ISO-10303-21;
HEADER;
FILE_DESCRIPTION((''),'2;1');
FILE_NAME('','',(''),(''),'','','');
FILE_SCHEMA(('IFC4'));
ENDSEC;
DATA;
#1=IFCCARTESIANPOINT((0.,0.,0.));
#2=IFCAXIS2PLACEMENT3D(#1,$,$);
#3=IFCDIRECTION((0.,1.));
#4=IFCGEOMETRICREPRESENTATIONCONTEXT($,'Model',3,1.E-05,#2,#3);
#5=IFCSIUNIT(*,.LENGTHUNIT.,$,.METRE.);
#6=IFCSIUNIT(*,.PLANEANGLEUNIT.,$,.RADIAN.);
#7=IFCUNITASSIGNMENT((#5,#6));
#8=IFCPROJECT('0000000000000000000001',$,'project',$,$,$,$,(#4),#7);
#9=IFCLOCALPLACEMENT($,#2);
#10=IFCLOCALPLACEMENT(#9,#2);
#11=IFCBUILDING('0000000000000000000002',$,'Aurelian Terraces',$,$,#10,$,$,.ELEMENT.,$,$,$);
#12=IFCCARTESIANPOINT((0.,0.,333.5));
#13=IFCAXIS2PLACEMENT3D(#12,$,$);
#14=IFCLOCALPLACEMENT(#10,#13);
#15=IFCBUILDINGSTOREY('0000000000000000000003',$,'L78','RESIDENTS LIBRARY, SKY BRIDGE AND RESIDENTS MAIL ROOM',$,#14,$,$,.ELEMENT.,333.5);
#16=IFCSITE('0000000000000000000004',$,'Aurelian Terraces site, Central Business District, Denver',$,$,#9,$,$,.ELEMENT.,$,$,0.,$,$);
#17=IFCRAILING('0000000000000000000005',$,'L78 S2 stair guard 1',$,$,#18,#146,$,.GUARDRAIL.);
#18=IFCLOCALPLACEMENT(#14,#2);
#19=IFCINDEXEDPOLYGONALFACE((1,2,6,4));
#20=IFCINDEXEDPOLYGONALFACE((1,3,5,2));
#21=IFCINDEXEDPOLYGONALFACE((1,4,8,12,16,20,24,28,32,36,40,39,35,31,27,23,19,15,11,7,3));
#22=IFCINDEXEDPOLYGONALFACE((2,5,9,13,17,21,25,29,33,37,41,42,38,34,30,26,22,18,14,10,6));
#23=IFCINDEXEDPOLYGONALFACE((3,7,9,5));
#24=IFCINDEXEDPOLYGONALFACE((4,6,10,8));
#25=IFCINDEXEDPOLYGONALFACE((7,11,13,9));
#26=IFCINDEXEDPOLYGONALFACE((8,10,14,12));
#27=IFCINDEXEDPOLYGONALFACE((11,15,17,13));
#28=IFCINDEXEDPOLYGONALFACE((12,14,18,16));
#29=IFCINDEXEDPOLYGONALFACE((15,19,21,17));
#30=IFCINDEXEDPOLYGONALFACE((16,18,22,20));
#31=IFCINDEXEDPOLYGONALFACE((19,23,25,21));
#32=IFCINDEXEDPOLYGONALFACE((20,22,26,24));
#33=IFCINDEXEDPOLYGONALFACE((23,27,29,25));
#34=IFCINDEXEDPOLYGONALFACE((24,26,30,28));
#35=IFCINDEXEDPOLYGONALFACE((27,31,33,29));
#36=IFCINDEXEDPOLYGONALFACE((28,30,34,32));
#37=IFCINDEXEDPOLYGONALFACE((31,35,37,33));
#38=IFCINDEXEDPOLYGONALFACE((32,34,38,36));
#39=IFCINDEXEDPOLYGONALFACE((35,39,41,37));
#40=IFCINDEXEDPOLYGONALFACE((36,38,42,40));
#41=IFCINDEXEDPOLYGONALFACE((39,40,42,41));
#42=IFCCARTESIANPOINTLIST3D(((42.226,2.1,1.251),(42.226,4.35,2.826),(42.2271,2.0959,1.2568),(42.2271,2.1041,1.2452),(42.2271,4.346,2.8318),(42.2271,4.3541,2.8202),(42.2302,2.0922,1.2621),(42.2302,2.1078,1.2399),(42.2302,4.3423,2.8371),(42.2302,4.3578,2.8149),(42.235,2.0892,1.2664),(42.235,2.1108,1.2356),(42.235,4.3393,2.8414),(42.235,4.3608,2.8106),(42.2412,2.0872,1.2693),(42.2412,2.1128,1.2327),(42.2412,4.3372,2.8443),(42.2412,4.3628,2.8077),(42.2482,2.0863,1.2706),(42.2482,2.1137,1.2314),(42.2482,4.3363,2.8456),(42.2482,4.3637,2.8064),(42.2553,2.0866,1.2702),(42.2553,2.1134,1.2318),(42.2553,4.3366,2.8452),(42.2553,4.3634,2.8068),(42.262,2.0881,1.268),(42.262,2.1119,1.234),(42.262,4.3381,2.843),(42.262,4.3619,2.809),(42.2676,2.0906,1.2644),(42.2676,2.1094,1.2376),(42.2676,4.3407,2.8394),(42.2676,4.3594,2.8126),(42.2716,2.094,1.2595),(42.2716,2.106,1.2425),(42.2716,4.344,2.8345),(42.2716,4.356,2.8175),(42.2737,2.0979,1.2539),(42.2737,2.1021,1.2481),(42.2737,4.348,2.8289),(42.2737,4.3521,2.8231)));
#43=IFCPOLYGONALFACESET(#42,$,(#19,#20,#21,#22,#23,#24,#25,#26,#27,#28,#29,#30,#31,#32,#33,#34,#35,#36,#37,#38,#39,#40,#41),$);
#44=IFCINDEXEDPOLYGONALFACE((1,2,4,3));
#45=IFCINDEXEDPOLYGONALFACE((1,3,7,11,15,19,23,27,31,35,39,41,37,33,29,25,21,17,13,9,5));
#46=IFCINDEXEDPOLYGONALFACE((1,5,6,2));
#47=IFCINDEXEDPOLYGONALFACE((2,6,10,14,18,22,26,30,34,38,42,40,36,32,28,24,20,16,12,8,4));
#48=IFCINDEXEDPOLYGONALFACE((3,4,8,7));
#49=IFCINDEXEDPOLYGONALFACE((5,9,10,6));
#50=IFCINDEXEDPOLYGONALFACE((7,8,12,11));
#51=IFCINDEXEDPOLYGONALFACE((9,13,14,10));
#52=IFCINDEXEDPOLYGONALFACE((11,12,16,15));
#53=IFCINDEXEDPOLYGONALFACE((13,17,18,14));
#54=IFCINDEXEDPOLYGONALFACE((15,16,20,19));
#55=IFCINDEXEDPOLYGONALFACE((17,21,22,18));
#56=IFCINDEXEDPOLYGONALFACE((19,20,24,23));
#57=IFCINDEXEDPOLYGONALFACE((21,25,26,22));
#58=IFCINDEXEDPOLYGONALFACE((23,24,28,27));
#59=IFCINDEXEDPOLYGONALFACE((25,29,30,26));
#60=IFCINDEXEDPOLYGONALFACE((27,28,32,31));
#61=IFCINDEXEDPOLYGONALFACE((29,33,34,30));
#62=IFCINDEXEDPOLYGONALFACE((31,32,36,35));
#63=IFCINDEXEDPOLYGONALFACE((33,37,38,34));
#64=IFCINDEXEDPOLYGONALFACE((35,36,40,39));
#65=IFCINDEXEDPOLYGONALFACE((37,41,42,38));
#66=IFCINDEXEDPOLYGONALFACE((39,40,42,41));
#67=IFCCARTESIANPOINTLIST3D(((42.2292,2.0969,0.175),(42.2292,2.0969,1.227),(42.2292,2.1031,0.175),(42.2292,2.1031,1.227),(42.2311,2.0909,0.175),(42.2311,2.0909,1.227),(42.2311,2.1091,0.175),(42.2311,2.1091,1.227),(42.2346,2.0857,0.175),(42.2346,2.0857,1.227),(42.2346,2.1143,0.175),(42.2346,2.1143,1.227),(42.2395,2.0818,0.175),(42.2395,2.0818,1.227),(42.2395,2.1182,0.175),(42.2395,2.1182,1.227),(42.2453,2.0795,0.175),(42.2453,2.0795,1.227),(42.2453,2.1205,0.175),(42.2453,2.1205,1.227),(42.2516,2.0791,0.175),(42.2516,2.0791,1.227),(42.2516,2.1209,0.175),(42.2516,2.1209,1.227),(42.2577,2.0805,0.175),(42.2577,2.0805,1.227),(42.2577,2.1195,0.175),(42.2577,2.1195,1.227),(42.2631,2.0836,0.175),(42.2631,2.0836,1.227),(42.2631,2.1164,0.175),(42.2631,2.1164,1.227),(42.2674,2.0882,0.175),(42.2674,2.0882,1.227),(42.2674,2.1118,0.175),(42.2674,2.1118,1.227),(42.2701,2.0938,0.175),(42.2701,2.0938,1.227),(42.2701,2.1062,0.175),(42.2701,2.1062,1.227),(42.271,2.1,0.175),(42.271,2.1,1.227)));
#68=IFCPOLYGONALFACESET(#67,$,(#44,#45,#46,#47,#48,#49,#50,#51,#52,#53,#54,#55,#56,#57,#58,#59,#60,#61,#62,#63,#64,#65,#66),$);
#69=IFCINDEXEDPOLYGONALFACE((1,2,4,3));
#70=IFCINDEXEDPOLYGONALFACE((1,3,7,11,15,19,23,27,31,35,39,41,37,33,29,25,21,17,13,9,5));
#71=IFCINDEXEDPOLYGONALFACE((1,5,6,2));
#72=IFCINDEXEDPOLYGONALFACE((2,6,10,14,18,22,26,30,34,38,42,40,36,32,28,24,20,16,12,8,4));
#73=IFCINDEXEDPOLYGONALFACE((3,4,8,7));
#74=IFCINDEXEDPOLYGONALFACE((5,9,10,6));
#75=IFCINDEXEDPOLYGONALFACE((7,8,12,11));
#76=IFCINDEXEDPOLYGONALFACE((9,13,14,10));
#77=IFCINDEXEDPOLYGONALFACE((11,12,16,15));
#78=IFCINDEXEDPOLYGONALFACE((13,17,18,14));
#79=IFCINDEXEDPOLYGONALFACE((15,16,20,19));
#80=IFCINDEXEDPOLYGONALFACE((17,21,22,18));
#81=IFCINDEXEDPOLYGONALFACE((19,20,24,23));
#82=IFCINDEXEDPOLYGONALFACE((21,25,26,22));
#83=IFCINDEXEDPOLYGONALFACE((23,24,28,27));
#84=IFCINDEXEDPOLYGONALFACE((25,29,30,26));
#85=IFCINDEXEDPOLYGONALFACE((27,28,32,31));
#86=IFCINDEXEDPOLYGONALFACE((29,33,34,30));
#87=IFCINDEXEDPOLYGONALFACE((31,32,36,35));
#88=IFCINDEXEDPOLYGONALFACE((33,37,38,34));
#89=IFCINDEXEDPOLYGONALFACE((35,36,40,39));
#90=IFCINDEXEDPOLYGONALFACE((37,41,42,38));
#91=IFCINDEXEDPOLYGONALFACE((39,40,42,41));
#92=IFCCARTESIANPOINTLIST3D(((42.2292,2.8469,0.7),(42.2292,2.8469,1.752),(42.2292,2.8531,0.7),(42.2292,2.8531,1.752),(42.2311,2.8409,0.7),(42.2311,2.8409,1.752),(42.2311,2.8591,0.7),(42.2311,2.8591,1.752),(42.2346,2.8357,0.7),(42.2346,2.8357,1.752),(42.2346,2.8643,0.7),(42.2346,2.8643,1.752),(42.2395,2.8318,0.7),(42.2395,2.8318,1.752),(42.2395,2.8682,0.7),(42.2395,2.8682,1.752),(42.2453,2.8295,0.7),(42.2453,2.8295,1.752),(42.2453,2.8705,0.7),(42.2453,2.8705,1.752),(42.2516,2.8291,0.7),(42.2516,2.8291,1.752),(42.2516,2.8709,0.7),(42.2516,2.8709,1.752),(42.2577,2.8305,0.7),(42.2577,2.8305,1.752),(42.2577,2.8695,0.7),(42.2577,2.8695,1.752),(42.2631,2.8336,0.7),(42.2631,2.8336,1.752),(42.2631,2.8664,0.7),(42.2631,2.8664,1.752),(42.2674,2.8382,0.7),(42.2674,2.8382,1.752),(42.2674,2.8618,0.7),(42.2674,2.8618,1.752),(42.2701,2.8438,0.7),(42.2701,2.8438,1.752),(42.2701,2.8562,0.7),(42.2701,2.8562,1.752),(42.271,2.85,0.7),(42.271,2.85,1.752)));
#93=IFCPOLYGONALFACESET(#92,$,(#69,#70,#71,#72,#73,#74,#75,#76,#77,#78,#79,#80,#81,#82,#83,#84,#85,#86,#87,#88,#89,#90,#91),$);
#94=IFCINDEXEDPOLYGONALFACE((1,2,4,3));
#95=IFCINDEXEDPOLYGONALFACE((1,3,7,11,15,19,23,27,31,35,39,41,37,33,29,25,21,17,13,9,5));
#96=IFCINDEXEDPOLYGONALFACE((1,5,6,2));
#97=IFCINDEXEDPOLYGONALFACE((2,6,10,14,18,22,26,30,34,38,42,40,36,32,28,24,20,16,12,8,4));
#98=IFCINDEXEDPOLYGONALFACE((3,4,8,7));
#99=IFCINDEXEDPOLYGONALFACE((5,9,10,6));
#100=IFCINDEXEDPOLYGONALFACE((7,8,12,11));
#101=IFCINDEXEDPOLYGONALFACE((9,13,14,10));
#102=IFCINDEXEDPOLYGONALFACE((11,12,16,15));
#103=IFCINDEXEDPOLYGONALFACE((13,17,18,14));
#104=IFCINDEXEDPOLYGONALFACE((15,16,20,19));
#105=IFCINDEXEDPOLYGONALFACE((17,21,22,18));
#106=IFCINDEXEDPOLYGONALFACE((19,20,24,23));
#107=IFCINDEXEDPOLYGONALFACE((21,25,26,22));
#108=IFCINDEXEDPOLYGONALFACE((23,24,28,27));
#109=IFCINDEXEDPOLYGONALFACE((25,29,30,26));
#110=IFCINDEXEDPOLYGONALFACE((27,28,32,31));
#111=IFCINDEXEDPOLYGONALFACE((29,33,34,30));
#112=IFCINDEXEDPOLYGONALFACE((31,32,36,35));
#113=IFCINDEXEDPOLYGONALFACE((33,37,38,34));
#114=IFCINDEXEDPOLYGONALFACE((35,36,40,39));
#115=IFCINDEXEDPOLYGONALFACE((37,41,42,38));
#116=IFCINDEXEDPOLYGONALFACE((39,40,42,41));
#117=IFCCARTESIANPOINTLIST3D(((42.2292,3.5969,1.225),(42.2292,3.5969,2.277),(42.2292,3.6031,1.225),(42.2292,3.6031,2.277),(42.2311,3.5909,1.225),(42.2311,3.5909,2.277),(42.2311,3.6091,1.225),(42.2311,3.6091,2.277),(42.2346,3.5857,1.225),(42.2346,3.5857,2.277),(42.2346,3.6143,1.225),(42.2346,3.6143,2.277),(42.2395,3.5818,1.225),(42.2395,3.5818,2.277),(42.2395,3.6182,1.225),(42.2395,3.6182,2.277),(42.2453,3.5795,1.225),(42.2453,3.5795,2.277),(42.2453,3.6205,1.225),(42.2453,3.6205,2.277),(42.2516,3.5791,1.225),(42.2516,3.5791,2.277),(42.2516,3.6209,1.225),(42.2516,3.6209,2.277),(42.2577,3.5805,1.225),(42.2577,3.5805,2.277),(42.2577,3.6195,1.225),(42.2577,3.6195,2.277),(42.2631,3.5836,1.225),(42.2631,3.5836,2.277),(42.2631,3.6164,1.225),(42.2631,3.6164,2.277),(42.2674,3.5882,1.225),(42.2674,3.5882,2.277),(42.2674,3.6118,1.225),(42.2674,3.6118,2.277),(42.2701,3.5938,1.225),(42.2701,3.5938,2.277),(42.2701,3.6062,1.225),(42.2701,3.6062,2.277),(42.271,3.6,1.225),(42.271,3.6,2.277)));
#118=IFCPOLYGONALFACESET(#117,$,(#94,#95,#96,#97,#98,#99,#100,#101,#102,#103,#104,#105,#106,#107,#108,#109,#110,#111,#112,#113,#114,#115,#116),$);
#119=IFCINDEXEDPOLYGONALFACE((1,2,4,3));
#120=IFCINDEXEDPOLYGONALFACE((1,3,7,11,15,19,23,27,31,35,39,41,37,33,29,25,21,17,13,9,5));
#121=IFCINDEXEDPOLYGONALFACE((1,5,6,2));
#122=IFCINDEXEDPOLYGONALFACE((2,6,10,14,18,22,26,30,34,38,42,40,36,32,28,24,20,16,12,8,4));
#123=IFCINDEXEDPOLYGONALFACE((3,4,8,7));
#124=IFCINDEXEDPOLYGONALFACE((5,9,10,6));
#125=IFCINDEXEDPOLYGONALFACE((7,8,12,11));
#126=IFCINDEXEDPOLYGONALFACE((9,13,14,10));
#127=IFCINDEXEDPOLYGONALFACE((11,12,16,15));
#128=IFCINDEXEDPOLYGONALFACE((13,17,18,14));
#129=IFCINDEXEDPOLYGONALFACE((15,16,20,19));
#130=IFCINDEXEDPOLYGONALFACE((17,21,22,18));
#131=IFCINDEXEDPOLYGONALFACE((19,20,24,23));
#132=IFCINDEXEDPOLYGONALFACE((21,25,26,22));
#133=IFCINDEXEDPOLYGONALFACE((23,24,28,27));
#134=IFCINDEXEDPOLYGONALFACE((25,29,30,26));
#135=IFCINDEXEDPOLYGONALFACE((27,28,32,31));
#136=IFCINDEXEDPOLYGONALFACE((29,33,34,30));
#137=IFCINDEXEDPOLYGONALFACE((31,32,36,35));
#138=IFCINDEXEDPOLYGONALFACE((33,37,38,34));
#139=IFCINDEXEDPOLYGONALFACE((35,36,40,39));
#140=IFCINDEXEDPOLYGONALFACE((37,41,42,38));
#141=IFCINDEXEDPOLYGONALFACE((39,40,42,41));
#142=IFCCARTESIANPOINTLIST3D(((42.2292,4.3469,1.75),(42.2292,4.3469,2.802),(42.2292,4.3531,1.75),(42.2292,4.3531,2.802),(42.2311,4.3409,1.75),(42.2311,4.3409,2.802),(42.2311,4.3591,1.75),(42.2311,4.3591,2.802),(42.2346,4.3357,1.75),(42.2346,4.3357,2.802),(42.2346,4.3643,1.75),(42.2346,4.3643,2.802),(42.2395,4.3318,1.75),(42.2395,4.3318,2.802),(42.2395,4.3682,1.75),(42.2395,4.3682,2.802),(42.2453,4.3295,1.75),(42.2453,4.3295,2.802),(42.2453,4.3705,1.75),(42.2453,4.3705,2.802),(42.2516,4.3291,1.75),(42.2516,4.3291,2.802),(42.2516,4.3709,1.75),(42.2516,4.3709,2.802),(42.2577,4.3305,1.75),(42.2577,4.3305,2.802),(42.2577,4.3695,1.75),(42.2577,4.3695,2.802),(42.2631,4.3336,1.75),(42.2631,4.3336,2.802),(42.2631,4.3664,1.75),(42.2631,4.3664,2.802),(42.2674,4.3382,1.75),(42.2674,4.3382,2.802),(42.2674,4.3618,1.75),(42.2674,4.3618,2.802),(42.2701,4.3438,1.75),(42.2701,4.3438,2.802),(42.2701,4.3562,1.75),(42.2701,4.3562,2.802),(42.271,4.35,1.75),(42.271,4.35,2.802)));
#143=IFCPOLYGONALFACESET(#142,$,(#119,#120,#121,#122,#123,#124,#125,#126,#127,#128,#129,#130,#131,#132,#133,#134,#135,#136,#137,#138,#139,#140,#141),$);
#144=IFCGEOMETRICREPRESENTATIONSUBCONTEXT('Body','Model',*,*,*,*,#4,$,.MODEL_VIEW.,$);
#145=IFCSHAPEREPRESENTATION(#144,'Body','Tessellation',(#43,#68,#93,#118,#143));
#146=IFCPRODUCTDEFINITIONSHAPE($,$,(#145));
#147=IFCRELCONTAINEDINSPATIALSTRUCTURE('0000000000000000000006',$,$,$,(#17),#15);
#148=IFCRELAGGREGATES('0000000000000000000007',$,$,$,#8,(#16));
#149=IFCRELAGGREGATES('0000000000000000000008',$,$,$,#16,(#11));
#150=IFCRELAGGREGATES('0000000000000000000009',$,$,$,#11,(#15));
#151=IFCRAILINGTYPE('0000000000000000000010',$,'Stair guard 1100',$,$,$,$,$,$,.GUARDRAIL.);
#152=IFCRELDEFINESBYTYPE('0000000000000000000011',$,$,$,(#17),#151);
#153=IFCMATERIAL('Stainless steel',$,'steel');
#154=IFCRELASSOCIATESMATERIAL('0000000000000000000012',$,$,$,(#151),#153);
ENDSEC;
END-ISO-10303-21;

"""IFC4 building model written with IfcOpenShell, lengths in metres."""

from ifc_helpers import new_model, si_unit, direction, frame, origin, origin_2d, place, context, subcontext, project, spatial, circle, extrude, source, transform, mapped, material, type_object, element, save


model = new_model("IFC4")

# Units and contexts
model_context = context("Model", 3, precision=1e-05, world=origin(), true_north=direction((0.0, 1.0)))
body_context = subcontext(model_context, "Body", "Model", "MODEL_VIEW")
ifc_project = project(units=[si_unit("LENGTHUNIT", "METRE"), si_unit("PLANEANGLEUNIT", "RADIAN")], contexts=[model_context])

# Site, building, storey
site_placement = place(None, origin())
site = spatial("IfcSite", under=ifc_project, at=site_placement, Name="Aurelian Terraces site, Central Business District, Denver", CompositionType="ELEMENT", RefElevation=0.0)
building_placement = place(site_placement, origin())
building = spatial("IfcBuilding", under=site, at=building_placement, Name="Aurelian Terraces", CompositionType="ELEMENT")
storey_placement = place(building_placement, frame((0.0, 0.0, 333.5)))
storey = spatial("IfcBuildingStorey", under=building, at=storey_placement, Name="L78", Description="RESIDENTS LIBRARY, SKY BRIDGE AND RESIDENTS MAIL ROOM", CompositionType="ELEMENT", Elevation=333.5)

# Railing
ifc_material_1 = material(Name="Stainless steel", Category="steel")
railing_type_1 = type_object("IfcRailingType", Name="Stair guard 1100", PredefinedType="GUARDRAIL", material=ifc_material_1)
shared_shape_1 = source(origin(), body_context, "Body", "SweptSolid", [
    extrude(circle(Radius=0.024, at=origin_2d()), frame((0.0, 0.0, 1.076), z_axis=(0.0, 0.819232, 0.573462), x_axis=(-1.0, 0.0, 0.0)), (0.0, 0.0, 1.0), 2.7465),
    extrude(circle(Radius=0.021, at=origin_2d()), origin(), (0.0, 0.0, 1.0), 1.052),
    extrude(circle(Radius=0.021, at=origin_2d()), frame((0.0, 0.75, 0.525)), (0.0, 0.0, 1.0), 1.052),
    extrude(circle(Radius=0.021, at=origin_2d()), frame((0.0, 1.5, 1.05)), (0.0, 0.0, 1.0), 1.052),
    extrude(circle(Radius=0.021, at=origin_2d()), frame((0.0, 2.25, 1.575)), (0.0, 0.0, 1.0), 1.052),
])
railing_1_placement = place(storey_placement, frame((42.25, 2.1, 0.175)))
element("IfcRailing", 1, at=railing_1_placement, inside=storey, type_object=railing_type_1, Name="L78 S2 stair guard 1", PredefinedType="GUARDRAIL", context=body_context, shape_type="MappedRepresentation", body=[
    mapped(shared_shape_1, transform((0.0, 0.0, 0.0), scale=1.0)),
])

save(model, "model.ifc")
